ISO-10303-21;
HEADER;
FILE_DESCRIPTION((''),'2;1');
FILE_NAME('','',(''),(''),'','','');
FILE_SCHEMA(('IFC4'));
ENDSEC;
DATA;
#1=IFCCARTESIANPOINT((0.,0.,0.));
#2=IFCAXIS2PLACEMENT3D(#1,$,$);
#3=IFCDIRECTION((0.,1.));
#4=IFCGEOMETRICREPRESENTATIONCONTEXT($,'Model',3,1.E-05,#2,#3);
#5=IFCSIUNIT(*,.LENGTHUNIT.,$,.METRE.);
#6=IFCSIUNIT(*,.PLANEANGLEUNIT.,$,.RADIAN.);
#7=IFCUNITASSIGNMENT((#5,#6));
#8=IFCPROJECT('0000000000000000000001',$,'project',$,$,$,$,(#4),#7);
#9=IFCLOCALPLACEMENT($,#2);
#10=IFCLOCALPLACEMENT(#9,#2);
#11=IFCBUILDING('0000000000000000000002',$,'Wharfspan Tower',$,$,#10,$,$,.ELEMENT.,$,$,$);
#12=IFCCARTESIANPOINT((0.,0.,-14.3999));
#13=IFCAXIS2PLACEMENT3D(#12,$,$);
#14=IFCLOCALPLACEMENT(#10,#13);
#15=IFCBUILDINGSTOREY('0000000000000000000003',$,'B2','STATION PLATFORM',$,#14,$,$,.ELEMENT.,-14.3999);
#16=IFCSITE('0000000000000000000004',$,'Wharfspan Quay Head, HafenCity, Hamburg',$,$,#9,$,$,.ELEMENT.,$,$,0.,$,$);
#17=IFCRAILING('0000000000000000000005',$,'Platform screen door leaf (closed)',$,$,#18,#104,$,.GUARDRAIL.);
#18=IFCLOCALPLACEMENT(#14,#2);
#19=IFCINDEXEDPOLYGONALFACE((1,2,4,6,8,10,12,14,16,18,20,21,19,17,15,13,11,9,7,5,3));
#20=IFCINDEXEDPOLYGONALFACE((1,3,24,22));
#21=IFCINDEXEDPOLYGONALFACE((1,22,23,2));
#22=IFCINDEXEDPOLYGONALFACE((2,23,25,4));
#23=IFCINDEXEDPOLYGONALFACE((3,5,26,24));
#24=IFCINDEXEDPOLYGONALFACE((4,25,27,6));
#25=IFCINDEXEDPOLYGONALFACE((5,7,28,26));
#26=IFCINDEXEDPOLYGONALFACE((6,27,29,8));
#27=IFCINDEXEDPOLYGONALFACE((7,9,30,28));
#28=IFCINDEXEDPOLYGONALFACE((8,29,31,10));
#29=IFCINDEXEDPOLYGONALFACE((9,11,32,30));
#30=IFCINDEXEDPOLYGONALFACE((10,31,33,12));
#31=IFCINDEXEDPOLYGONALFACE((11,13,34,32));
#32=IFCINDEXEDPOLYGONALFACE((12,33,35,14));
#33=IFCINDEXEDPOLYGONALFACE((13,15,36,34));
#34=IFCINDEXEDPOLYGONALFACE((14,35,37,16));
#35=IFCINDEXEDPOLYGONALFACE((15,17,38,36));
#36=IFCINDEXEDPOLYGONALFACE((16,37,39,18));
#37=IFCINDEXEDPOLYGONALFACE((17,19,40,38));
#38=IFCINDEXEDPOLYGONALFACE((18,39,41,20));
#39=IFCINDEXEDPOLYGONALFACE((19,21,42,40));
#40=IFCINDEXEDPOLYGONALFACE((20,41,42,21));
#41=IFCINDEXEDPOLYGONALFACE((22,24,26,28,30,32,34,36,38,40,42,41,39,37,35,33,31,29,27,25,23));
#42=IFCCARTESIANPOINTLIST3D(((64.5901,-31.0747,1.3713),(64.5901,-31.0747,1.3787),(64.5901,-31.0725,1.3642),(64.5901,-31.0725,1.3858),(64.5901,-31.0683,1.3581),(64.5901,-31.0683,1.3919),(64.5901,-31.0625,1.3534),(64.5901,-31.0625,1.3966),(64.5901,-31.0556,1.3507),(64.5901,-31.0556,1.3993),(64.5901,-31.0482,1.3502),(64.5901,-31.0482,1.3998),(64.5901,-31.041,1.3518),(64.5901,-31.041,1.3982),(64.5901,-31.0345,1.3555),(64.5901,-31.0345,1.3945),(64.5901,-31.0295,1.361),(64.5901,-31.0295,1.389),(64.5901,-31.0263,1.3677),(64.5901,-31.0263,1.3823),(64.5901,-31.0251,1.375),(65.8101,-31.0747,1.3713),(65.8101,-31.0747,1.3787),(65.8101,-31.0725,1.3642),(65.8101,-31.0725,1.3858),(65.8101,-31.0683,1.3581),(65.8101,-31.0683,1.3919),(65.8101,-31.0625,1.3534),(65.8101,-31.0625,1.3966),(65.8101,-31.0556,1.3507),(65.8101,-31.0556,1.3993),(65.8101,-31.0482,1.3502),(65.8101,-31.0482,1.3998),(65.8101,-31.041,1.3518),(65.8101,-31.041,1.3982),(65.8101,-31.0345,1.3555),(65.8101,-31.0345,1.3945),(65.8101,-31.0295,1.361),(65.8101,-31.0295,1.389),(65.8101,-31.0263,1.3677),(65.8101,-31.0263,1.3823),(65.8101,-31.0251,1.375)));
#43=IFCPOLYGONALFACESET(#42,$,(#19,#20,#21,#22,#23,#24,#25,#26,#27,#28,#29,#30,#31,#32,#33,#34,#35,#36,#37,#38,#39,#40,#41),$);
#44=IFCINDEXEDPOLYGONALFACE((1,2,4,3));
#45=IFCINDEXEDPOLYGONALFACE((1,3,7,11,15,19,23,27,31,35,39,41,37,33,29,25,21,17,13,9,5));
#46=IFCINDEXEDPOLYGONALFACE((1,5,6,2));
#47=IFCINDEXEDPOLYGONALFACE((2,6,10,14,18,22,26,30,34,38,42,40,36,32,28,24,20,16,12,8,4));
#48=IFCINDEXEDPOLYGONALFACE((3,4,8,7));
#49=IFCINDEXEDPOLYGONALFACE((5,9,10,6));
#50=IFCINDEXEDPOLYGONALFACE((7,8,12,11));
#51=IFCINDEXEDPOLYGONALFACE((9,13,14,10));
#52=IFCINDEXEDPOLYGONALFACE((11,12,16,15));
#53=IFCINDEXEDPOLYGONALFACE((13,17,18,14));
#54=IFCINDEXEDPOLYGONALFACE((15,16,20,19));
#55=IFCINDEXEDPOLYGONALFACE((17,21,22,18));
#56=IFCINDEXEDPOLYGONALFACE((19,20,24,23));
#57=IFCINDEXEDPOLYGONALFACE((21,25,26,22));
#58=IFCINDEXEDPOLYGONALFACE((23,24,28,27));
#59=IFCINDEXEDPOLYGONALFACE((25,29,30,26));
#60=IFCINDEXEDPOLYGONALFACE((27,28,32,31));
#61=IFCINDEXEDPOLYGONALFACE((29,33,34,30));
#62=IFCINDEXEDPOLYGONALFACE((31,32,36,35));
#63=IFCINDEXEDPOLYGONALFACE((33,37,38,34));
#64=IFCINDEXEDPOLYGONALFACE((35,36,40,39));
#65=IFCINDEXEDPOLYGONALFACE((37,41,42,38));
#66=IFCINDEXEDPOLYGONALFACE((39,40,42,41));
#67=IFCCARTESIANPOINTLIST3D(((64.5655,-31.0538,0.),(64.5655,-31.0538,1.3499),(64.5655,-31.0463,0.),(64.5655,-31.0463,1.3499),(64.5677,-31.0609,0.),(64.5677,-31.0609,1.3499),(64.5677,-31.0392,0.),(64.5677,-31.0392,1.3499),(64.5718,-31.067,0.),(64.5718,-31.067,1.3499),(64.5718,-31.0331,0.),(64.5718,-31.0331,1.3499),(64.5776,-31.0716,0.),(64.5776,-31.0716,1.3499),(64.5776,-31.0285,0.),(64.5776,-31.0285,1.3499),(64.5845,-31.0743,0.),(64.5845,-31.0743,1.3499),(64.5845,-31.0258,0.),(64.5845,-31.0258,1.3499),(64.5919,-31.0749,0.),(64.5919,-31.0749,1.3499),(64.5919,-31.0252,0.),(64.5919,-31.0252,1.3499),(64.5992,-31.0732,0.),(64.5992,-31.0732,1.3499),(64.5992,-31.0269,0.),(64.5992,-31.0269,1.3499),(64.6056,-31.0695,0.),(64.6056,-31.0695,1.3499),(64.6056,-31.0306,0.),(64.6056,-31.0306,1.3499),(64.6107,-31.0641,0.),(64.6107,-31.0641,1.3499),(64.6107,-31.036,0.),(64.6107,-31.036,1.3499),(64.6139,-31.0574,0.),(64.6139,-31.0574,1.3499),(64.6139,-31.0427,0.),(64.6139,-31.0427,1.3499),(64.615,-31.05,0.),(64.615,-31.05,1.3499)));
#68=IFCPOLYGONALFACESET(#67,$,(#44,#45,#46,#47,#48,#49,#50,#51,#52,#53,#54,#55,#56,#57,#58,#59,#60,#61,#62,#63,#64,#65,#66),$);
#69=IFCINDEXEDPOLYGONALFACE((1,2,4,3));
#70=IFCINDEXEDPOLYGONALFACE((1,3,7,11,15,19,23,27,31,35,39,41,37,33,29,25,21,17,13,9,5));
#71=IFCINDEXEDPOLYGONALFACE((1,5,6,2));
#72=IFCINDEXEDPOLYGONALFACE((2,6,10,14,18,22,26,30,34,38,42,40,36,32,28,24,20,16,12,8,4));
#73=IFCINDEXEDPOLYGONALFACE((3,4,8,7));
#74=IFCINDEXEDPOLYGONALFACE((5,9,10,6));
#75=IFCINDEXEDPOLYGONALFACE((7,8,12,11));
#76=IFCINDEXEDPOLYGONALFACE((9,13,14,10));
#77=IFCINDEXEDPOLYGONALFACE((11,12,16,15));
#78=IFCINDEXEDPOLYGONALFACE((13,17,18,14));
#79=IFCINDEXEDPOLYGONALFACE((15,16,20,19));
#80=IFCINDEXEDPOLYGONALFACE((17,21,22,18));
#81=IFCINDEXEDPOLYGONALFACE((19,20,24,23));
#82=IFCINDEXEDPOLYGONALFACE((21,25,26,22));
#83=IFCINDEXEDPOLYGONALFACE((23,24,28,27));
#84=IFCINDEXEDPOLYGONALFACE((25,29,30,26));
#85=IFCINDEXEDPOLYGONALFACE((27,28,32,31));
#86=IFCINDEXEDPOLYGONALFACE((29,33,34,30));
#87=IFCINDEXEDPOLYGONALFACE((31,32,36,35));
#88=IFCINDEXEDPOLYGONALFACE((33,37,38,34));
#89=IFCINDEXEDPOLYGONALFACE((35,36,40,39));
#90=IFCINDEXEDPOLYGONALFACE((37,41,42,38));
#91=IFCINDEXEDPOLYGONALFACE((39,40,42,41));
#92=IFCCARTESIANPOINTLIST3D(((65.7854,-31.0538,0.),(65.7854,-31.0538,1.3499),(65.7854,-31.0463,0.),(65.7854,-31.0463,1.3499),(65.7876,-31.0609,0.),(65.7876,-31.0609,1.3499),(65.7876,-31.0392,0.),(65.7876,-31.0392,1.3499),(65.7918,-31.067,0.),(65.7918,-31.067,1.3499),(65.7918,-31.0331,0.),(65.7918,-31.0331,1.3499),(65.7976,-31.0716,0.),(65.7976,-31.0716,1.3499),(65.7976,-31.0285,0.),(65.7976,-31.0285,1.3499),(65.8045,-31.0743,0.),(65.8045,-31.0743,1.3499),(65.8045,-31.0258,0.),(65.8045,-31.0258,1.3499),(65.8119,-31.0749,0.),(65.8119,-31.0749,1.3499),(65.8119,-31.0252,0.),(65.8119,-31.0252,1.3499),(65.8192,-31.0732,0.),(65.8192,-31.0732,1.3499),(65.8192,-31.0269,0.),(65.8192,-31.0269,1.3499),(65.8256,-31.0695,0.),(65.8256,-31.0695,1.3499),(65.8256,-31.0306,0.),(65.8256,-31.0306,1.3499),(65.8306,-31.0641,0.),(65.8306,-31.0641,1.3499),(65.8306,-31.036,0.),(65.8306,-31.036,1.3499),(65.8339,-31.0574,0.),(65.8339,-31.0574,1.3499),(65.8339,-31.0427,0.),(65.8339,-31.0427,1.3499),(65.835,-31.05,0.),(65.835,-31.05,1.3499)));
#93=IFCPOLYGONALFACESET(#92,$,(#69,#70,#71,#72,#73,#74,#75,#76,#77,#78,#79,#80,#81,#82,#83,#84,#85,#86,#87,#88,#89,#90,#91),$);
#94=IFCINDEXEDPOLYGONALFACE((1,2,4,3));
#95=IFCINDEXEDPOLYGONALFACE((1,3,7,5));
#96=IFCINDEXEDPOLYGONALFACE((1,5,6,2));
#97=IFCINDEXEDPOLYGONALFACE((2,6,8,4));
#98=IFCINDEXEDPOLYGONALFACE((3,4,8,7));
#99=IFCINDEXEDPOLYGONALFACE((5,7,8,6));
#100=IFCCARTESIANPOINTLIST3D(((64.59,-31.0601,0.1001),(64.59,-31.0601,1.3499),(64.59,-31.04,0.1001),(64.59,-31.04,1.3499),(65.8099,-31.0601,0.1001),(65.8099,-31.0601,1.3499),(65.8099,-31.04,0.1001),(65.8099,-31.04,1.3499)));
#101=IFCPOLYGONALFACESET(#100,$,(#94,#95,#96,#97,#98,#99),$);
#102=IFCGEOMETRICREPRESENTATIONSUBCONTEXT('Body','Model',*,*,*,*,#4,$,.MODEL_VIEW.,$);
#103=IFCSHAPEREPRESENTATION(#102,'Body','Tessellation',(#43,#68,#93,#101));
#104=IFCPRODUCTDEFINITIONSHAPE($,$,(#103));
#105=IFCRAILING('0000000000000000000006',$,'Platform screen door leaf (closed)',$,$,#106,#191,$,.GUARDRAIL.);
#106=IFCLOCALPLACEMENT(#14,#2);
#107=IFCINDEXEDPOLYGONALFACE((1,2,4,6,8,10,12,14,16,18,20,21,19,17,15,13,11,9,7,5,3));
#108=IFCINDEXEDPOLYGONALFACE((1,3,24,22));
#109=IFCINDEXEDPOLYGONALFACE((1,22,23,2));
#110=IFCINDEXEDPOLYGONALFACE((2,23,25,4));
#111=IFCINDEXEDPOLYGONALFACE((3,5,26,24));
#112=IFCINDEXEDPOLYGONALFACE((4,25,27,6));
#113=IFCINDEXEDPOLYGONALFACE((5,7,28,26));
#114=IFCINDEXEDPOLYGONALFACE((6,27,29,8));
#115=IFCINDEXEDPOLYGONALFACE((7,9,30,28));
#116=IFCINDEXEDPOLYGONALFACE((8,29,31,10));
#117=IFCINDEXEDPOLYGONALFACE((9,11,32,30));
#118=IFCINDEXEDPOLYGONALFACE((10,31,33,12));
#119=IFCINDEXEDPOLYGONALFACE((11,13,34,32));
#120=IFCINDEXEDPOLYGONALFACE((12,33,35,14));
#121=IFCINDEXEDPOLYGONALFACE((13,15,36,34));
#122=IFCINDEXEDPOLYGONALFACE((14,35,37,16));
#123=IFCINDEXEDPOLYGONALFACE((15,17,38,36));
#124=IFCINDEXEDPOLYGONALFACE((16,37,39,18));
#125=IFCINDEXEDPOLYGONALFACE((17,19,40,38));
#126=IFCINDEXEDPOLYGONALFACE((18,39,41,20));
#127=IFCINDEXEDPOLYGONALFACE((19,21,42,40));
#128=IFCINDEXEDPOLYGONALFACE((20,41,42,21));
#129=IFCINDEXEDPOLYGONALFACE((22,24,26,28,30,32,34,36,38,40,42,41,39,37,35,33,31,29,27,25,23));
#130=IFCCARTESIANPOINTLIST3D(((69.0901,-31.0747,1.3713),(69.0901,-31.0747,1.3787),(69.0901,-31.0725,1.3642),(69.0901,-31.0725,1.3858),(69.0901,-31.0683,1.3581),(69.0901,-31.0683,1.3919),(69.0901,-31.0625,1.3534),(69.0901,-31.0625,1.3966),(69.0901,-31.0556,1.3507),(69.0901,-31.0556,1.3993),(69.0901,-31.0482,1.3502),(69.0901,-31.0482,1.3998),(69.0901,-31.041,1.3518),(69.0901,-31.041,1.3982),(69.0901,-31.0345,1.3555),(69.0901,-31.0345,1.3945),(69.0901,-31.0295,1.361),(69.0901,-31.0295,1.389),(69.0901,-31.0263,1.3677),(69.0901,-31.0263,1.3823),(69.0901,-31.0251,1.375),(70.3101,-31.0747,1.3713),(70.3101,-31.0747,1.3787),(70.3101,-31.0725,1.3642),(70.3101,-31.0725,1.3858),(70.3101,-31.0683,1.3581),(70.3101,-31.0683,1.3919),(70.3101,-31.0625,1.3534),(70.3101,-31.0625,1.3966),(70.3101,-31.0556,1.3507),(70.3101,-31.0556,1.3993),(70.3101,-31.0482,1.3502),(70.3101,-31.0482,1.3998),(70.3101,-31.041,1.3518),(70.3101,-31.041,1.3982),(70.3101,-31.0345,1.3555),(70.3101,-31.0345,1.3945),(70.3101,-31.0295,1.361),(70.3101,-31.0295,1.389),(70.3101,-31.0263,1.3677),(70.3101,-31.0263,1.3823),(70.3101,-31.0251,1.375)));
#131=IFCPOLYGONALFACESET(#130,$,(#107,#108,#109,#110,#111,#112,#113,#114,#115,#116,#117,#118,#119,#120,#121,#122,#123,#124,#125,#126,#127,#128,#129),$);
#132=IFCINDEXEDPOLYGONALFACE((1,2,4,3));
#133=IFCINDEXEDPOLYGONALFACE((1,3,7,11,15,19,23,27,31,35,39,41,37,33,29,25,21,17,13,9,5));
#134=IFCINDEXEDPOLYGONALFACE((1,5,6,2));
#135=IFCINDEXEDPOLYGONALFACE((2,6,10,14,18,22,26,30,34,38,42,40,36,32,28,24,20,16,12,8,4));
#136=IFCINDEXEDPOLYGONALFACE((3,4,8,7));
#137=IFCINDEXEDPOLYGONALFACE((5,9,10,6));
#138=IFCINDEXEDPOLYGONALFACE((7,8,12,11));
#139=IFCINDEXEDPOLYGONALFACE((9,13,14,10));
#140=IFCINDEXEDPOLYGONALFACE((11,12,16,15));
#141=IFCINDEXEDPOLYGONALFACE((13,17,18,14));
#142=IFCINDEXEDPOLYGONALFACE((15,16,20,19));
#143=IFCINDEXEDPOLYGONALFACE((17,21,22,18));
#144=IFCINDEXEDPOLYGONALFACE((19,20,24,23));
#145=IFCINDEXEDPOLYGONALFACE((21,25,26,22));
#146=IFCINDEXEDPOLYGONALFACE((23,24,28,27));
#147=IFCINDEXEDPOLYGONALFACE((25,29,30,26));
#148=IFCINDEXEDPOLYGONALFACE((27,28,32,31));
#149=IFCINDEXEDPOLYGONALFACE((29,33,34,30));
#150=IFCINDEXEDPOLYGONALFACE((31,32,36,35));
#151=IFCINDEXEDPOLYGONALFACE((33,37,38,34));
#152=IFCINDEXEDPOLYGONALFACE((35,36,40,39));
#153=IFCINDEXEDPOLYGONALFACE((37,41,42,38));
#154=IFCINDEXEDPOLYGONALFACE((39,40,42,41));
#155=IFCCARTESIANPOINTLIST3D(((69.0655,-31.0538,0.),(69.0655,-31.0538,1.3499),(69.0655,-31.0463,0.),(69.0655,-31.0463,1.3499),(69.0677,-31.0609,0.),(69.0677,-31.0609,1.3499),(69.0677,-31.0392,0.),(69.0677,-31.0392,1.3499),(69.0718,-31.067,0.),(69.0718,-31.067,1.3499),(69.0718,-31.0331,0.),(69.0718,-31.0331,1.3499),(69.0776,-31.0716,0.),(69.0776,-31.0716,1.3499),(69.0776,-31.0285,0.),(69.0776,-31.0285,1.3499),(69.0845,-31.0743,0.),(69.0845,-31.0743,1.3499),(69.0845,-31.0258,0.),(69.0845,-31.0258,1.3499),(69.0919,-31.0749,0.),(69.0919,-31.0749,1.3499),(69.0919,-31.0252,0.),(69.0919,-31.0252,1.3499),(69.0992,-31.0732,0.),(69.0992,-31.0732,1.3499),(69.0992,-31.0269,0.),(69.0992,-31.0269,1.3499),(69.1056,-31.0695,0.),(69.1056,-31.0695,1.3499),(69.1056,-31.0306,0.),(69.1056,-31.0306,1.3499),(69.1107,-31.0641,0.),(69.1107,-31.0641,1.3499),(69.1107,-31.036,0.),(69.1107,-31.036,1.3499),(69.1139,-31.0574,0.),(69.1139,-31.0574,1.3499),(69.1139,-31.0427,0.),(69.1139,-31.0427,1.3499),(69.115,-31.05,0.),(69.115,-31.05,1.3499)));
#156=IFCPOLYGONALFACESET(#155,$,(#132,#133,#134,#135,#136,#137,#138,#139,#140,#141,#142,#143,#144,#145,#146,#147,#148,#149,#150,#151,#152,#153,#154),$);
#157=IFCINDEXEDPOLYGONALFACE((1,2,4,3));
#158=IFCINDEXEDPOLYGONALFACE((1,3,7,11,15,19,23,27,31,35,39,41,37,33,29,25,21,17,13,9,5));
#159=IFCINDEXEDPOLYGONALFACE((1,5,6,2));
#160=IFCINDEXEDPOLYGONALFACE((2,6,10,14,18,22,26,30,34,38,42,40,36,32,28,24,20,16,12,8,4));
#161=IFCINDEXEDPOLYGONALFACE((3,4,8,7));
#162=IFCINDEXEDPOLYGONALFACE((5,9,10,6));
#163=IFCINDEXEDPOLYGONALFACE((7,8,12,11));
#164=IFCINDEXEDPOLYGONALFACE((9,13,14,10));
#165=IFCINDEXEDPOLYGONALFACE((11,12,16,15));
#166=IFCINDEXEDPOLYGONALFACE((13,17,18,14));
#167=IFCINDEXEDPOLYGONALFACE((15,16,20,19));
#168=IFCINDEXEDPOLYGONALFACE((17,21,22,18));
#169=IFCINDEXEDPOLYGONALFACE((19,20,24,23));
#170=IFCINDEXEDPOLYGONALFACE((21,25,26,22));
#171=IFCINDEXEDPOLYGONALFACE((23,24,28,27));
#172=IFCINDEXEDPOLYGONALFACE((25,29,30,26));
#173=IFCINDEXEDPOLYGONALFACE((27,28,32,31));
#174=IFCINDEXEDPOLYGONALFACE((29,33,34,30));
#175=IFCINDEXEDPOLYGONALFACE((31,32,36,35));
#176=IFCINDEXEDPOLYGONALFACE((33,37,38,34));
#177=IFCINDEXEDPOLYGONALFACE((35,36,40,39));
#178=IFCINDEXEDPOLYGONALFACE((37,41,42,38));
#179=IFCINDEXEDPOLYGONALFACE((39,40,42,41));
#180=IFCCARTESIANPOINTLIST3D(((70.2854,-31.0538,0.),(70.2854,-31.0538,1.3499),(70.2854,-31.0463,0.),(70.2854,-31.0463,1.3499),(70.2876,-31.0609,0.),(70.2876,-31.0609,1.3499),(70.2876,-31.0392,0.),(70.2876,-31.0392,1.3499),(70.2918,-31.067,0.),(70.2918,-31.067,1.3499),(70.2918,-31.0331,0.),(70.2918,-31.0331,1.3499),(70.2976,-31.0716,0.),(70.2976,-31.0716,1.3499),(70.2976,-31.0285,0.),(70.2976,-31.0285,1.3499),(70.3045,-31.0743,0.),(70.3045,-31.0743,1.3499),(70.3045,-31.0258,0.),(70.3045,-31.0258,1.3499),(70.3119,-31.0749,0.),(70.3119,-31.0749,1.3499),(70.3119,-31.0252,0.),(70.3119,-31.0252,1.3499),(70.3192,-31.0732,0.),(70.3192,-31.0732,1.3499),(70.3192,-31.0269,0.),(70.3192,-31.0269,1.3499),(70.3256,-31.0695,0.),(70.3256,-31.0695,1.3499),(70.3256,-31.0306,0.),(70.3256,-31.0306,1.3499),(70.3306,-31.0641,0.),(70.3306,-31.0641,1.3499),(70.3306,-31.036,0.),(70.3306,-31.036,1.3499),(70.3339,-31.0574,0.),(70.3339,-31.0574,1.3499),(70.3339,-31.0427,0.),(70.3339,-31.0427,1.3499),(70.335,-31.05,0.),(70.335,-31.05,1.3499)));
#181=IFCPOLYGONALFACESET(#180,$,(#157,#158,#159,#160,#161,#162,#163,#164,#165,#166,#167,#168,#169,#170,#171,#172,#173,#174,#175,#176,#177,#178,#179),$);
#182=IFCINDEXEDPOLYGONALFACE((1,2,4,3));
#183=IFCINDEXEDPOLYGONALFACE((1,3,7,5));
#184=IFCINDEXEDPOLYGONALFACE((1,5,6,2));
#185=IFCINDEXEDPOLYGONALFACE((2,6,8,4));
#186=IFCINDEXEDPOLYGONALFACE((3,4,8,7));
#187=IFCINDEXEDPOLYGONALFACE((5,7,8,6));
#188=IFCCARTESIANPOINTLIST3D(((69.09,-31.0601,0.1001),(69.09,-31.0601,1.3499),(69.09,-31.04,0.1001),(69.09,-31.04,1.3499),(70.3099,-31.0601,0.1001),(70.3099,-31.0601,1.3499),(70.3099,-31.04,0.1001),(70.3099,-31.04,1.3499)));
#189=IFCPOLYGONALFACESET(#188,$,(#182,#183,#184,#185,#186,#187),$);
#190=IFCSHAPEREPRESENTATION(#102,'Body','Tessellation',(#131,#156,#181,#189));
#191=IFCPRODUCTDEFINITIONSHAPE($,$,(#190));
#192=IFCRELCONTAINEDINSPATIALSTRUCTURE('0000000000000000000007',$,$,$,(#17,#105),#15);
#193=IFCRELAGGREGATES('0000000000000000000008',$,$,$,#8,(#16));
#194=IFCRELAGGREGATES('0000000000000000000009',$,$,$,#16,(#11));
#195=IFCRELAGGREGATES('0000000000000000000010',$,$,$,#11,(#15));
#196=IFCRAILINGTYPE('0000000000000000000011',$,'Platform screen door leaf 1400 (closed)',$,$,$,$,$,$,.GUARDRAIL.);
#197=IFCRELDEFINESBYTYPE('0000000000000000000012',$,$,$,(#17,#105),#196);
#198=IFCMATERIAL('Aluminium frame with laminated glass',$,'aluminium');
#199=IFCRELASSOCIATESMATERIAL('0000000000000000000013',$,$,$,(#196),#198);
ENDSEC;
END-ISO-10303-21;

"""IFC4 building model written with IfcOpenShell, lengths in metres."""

from ifc_helpers import new_model, si_unit, direction, frame, origin, origin_2d, place, context, subcontext, project, spatial, rectangle, circle, extrude, material, type_object, element, save


model = new_model("IFC4")

# Units and contexts
model_context = context("Model", 3, precision=1e-05, world=origin(), true_north=direction((0.0, 1.0)))
body_context = subcontext(model_context, "Body", "Model", "MODEL_VIEW")
ifc_project = project(units=[si_unit("LENGTHUNIT", "METRE"), si_unit("PLANEANGLEUNIT", "RADIAN")], contexts=[model_context])

# Site, building, storey
site_placement = place(None, origin())
site = spatial("IfcSite", under=ifc_project, at=site_placement, Name="Wharfspan Quay Head, HafenCity, Hamburg", CompositionType="ELEMENT", RefElevation=0.0)
building_placement = place(site_placement, origin())
building = spatial("IfcBuilding", under=site, at=building_placement, Name="Wharfspan Tower", CompositionType="ELEMENT")
storey_placement = place(building_placement, frame((0.0, 0.0, -14.3999)))
storey = spatial("IfcBuildingStorey", under=building, at=storey_placement, Name="B2", Description="STATION PLATFORM", CompositionType="ELEMENT", Elevation=-14.3999)

# Railings
ifc_material_1 = material(Name="Aluminium frame with laminated glass", Category="aluminium")
railing_type_1 = type_object("IfcRailingType", Name="Platform screen door leaf 1400 (closed)", PredefinedType="GUARDRAIL", material=ifc_material_1)
for number, where, name in (
    (1, (64.5901, -31.05, 0.0), "Platform screen door leaf (closed)"),
    (2, (69.0901, -31.05, 0.0), "Platform screen door leaf (closed)"),
):
    element("IfcRailing", number, at=place(storey_placement, frame(where)), inside=storey, type_object=railing_type_1, Name=name, PredefinedType="GUARDRAIL", context=body_context, shape_type="SweptSolid", body=[
        extrude(circle(Radius=0.0249, at=origin_2d()), frame((0.0, 0.0, 1.375), z_axis=(1.0, 0.0, 0.0), x_axis=(0.0, 1.0, 0.0)), (0.0, 0.0, 1.0), 1.22),
        extrude(circle(Radius=0.0249, at=origin_2d()), origin(), (0.0, 0.0, 1.0), 1.3499),
        extrude(circle(Radius=0.0249, at=origin_2d()), frame((1.22, 0.0, 0.0)), (0.0, 0.0, 1.0), 1.3499),
        extrude(rectangle(XDim=1.22, YDim=0.02, at=origin_2d()), frame((0.6099, 0.0, 0.1001), z_axis=(0.0, 0.0, 1.0), x_axis=(1.0, 0.0, 0.0)), (0.0, 0.0, 1.0), 1.2498),
    ])

save(model, "model.ifc")
